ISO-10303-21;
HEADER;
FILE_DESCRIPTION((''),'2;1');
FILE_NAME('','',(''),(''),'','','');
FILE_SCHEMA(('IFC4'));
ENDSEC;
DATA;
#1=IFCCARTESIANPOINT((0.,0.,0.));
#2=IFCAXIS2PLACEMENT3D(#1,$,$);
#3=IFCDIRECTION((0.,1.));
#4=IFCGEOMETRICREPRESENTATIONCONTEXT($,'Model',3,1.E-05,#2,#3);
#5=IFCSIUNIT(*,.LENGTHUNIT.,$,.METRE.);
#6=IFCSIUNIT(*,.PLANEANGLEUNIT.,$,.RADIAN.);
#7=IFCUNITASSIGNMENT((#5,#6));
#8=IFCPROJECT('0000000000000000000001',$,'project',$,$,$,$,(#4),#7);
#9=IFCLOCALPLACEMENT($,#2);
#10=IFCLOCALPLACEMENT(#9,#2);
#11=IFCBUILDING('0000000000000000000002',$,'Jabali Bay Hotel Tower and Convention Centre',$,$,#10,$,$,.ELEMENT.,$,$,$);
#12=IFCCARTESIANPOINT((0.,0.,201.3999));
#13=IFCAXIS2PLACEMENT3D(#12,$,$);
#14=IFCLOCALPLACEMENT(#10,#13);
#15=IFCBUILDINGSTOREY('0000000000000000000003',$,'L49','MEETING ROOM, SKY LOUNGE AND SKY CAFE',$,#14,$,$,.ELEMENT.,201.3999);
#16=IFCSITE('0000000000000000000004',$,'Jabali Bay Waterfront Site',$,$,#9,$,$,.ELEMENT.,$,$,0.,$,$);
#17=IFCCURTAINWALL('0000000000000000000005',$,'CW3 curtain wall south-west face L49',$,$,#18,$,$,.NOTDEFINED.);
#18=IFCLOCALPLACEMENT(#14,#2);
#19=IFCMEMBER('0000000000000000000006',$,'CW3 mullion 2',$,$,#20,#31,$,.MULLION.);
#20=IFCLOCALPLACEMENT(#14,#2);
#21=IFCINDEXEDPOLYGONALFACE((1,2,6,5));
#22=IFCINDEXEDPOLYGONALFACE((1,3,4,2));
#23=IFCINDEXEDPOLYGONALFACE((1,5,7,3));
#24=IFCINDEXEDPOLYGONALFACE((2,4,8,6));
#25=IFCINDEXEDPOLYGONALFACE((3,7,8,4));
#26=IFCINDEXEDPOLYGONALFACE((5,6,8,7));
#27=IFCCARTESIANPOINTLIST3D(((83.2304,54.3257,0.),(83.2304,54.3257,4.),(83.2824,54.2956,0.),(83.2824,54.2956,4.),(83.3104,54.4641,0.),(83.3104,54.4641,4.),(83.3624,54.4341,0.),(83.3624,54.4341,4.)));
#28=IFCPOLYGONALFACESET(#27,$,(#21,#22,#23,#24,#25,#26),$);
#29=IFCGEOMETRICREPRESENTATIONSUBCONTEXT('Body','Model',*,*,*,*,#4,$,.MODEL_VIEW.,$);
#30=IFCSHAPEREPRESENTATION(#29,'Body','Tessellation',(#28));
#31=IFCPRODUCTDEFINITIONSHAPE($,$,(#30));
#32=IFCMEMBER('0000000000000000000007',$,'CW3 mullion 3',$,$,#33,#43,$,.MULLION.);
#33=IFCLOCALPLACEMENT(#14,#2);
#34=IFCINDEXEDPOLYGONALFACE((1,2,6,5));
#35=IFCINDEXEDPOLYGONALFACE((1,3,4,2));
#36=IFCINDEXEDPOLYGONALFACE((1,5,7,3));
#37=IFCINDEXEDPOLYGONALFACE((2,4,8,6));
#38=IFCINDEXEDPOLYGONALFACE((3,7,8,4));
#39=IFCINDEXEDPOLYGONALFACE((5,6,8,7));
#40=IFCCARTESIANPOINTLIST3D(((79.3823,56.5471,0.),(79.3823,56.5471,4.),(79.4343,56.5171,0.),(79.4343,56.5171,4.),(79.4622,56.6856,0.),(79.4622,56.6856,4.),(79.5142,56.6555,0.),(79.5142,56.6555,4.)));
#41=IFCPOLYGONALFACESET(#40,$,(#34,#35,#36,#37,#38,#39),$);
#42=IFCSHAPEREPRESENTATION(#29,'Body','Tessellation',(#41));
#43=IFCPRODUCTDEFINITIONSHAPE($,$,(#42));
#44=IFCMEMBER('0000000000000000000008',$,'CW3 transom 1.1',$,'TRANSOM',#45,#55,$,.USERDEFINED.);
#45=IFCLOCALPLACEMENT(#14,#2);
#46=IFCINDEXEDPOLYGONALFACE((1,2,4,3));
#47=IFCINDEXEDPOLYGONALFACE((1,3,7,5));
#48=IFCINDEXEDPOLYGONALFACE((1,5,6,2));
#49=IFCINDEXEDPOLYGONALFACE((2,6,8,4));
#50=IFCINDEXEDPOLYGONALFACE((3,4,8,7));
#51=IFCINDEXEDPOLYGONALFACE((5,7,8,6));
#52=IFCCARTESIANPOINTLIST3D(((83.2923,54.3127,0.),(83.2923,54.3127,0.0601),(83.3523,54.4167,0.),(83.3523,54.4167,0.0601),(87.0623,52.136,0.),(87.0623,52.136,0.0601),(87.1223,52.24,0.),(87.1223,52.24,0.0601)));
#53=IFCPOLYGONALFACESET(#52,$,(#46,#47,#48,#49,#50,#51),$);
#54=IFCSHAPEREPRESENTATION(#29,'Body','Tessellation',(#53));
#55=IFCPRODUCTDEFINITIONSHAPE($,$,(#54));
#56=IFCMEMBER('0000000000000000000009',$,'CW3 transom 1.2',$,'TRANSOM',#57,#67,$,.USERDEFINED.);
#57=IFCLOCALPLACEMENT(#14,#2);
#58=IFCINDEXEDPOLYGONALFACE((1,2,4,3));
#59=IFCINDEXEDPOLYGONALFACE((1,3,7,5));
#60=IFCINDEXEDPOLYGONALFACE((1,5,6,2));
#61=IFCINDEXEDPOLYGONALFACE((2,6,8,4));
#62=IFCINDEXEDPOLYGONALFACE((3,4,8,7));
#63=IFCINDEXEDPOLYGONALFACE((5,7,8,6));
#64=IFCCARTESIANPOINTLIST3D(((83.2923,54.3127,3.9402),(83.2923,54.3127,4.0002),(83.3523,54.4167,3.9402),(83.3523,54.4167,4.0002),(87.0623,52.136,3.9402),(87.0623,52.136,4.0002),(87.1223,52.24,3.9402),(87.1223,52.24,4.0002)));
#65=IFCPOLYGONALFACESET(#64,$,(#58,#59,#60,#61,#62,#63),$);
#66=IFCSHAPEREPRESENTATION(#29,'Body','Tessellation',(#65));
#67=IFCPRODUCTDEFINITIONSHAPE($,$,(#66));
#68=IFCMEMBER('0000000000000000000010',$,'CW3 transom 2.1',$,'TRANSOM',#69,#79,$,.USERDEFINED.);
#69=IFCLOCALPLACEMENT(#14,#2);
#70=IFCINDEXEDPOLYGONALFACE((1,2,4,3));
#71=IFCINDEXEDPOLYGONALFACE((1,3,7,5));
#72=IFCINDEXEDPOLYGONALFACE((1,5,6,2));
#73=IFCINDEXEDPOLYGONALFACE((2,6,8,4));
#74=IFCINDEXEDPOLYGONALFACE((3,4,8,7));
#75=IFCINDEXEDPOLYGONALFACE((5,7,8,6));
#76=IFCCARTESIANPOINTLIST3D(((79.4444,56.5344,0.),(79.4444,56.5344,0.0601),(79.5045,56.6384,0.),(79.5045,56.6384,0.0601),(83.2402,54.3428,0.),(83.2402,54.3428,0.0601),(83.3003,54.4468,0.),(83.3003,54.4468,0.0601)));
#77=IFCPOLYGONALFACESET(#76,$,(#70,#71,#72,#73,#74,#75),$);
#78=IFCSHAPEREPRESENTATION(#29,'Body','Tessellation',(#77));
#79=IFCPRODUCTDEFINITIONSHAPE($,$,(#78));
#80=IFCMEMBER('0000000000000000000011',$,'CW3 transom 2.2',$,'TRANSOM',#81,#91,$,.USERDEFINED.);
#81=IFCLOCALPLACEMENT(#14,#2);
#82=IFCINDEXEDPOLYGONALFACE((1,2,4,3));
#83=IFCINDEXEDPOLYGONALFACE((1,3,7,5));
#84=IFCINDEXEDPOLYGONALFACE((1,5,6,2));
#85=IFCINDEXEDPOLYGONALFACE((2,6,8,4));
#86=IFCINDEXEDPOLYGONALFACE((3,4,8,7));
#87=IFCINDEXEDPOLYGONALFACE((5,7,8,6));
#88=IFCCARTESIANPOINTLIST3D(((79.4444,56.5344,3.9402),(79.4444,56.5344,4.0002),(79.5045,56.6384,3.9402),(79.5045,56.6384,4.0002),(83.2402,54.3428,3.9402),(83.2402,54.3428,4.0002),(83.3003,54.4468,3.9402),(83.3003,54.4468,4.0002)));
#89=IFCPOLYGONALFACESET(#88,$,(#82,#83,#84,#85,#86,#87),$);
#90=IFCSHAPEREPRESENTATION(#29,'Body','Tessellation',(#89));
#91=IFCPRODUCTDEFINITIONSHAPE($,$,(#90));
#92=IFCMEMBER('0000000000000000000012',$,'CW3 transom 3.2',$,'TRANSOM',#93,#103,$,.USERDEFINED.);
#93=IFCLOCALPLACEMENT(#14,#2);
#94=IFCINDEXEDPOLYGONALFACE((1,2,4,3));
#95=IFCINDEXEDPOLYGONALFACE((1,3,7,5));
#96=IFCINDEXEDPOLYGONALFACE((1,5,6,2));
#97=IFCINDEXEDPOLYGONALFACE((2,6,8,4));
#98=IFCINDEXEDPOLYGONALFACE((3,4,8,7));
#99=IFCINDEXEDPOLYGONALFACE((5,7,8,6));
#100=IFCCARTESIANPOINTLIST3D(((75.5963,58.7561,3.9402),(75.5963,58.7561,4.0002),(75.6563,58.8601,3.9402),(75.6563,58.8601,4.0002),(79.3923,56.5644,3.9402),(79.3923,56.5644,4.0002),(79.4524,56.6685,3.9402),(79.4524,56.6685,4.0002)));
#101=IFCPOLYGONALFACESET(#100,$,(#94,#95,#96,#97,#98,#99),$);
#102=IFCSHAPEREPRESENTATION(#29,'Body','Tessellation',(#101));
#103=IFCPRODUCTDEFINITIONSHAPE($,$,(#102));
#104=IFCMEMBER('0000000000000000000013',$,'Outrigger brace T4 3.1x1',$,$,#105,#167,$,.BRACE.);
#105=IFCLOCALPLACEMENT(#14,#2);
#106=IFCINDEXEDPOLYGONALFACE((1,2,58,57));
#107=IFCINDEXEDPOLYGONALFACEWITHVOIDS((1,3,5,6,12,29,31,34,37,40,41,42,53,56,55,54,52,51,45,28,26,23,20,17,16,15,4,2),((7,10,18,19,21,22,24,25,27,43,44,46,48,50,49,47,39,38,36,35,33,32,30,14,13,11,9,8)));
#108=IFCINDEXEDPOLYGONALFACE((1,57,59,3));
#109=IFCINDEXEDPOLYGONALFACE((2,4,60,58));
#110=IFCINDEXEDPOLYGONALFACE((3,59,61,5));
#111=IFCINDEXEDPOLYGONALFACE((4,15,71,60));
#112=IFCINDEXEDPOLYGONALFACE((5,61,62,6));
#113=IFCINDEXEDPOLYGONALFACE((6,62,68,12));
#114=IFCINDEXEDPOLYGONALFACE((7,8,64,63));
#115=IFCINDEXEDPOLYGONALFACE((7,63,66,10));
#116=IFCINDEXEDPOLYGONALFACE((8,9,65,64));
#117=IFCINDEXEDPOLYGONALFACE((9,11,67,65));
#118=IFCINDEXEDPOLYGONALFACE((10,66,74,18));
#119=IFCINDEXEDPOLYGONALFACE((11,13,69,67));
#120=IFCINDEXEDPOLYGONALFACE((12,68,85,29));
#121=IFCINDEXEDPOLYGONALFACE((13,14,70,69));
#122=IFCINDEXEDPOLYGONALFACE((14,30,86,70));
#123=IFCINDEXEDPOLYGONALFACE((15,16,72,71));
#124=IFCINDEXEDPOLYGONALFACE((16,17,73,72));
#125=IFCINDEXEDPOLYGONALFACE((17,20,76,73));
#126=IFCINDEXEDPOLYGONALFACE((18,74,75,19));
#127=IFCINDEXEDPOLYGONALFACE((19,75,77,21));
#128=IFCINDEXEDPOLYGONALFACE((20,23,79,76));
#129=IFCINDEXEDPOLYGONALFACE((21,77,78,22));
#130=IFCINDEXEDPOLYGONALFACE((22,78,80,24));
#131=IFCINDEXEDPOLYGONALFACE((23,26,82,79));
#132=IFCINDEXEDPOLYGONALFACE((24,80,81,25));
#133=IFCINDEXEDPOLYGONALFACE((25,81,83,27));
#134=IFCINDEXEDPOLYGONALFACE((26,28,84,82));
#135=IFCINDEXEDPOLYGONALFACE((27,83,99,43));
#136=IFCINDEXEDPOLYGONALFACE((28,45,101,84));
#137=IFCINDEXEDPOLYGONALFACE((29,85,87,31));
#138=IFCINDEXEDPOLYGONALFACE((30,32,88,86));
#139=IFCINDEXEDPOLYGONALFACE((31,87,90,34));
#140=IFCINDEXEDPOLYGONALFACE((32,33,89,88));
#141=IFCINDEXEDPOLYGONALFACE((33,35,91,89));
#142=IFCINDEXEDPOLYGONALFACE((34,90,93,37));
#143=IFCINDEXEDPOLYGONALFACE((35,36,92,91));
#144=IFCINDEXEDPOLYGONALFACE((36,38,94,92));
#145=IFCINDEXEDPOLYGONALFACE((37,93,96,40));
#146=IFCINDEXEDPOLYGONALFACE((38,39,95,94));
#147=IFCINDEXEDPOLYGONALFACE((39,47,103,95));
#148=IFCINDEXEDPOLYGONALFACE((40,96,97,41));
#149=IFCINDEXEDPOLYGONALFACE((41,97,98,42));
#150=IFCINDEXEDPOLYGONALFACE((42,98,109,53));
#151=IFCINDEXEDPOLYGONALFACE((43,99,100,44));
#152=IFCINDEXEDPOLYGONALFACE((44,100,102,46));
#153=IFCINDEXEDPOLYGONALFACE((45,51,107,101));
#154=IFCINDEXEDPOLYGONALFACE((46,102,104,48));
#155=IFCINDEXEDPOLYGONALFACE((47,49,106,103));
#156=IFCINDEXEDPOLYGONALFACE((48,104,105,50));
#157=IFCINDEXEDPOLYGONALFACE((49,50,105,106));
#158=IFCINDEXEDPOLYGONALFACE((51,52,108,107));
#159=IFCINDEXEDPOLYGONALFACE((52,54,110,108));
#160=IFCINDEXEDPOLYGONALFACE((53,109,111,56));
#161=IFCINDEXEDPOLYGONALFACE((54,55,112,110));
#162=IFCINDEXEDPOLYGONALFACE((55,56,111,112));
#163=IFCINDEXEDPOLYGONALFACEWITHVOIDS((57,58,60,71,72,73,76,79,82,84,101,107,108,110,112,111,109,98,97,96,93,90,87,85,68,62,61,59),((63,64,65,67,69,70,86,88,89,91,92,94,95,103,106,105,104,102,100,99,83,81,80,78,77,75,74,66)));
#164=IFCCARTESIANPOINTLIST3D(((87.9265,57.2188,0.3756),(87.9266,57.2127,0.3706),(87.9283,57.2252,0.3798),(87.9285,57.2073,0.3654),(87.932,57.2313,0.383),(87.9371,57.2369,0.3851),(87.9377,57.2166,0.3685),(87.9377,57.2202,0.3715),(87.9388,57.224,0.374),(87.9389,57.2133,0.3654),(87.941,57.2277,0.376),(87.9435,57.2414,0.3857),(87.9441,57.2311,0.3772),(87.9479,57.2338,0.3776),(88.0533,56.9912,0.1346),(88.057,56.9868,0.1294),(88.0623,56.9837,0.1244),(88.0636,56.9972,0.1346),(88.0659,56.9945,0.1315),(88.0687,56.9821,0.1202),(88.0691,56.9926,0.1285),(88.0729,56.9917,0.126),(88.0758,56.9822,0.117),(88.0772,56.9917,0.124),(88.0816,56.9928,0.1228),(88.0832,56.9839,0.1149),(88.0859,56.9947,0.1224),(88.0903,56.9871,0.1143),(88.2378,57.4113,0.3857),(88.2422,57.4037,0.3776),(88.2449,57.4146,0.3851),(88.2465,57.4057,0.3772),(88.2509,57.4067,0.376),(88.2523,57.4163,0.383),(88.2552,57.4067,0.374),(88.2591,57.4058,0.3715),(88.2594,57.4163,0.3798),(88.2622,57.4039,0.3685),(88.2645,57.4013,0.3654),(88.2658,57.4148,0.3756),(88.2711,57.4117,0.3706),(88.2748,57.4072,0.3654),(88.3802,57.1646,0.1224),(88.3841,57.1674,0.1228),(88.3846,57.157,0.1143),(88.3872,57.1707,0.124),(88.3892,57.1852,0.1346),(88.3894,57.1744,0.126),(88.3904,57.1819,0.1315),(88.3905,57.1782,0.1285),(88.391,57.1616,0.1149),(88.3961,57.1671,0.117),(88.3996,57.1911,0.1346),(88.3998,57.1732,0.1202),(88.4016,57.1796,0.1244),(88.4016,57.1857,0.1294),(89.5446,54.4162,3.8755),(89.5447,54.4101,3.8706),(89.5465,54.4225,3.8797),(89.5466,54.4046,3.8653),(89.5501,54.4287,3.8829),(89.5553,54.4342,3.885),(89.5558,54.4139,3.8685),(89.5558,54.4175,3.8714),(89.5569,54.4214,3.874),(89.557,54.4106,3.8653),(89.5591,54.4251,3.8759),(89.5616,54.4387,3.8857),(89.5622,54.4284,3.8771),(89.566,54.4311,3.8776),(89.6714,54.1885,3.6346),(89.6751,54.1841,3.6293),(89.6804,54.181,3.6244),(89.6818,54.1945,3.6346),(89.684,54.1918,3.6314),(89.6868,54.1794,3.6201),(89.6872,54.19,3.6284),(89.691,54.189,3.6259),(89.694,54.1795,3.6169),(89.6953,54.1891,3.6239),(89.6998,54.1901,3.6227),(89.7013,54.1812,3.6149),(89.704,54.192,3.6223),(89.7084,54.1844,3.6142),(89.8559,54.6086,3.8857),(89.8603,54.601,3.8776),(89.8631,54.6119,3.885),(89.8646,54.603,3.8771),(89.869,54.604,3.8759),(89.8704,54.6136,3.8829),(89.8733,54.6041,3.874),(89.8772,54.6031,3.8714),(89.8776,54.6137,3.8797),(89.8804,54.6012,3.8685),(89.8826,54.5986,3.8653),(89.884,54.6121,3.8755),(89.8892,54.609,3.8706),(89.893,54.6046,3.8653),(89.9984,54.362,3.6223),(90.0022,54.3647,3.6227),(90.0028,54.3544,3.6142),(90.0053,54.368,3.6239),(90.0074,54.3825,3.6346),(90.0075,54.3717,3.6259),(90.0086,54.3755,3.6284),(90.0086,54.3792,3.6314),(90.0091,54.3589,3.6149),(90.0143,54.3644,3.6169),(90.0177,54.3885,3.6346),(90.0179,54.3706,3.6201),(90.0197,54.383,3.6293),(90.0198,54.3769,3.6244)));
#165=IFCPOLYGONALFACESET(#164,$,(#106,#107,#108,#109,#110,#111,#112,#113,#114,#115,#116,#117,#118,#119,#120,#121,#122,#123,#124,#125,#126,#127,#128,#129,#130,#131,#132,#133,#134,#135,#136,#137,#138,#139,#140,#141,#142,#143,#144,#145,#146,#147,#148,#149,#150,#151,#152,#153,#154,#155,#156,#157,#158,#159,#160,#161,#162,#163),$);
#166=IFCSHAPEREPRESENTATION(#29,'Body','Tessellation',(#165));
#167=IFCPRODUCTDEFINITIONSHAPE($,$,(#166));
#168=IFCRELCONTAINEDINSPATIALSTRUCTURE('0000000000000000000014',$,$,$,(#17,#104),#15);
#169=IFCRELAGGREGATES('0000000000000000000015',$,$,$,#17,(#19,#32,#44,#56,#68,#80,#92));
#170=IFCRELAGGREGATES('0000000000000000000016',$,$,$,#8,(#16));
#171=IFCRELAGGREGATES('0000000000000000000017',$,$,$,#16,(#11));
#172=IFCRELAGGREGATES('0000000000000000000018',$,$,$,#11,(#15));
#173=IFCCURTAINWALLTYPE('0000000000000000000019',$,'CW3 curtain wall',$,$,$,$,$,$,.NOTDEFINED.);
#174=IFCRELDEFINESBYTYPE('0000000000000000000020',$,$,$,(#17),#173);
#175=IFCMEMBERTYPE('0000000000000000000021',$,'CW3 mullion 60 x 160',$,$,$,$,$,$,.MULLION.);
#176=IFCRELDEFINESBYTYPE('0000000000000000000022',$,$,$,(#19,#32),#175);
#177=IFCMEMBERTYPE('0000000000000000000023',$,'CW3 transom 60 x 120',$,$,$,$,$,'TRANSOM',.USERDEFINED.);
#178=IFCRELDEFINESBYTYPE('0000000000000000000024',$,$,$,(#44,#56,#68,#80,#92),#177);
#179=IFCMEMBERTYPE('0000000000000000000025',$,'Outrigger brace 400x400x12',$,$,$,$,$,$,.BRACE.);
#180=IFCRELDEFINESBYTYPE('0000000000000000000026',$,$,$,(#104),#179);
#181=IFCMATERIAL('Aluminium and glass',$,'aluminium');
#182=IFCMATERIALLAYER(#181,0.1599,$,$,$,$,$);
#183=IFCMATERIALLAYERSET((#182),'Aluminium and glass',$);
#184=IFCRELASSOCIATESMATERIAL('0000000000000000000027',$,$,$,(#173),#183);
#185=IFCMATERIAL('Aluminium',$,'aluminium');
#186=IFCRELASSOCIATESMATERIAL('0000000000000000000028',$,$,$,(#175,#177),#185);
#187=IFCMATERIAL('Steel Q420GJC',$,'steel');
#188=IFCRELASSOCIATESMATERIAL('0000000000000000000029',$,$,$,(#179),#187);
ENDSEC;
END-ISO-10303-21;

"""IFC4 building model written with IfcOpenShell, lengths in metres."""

from ifc_helpers import new_model, si_unit, direction, frame, origin, origin_2d, place, context, subcontext, project, spatial, rectangle, hollow_rectangle, extrude, material, layer, layer_set, material_profile, profile_set, type_object, element, aggregate, save


model = new_model("IFC4")

# Units and contexts
model_context = context("Model", 3, precision=1e-05, world=origin(), true_north=direction((0.0, 1.0)))
body_context = subcontext(model_context, "Body", "Model", "MODEL_VIEW")
ifc_project = project(units=[si_unit("LENGTHUNIT", "METRE"), si_unit("PLANEANGLEUNIT", "RADIAN")], contexts=[model_context])

# Site, building, storey
site_placement = place(None, origin())
site = spatial("IfcSite", under=ifc_project, at=site_placement, Name="Jabali Bay Waterfront Site", CompositionType="ELEMENT", RefElevation=0.0)
building_placement = place(site_placement, origin())
building = spatial("IfcBuilding", under=site, at=building_placement, Name="Jabali Bay Hotel Tower and Convention Centre", CompositionType="ELEMENT")
storey_placement = place(building_placement, frame((0.0, 0.0, 201.3999)))
storey = spatial("IfcBuildingStorey", under=building, at=storey_placement, Name="L49", Description="MEETING ROOM, SKY LOUNGE AND SKY CAFE", CompositionType="ELEMENT", Elevation=201.3999)

# Shared definitions
ifc_material_1 = material(Name="Steel Q420GJC", Category="steel")

# Curtain wall, members
ifc_material_2 = material(Name="Aluminium and glass", Category="aluminium")
ifc_layer_1 = layer(ifc_material_2, 0.1599)
ifc_layer_set_1 = layer_set([ifc_layer_1], Name="Aluminium and glass")
curtain_wall_type = type_object("IfcCurtainWallType", Name="CW3 curtain wall", PredefinedType="NOTDEFINED", material=ifc_layer_set_1)
curtain_wall_placement = place(storey_placement, origin())
curtain_wall = element("IfcCurtainWall", 1, at=curtain_wall_placement, inside=storey, type_object=curtain_wall_type, Name="CW3 curtain wall south-west face L49", PredefinedType="NOTDEFINED")
ifc_material_3 = material(Name="Aluminium", Category="aluminium")
ifc_material_profile_1 = material_profile(ifc_material_3, rectangle(XDim=0.1599, YDim=0.0601, at=origin_2d()), Name="CW3 mullion 60 x 160")
ifc_profile_set_1 = profile_set([ifc_material_profile_1], Name="Aluminium")
member_type_1 = type_object("IfcMemberType", Name="CW3 mullion 60 x 160", PredefinedType="MULLION", material=ifc_profile_set_1)
member_1_placement = place(storey_placement, frame((83.2964, 54.3799, 0.0), z_axis=(0.0, 0.0, 1.0), x_axis=(-0.5, -0.866025, 0.0)))
member_1 = element("IfcMember", 2, at=member_1_placement, type_object=member_type_1, Name="CW3 mullion 2", PredefinedType="MULLION", context=body_context, shape_type="SweptSolid", body=[
    extrude(rectangle(XDim=0.1599, YDim=0.0601, at=origin_2d()), origin(), (0.0, 0.0, 1.0), 4.0),
])
member_2_placement = place(storey_placement, frame((79.4482, 56.6013, 0.0), z_axis=(0.0, 0.0, 1.0), x_axis=(-0.5, -0.866025, 0.0)))
member_2 = element("IfcMember", 3, at=member_2_placement, type_object=member_type_1, Name="CW3 mullion 3", PredefinedType="MULLION", context=body_context, shape_type="SweptSolid", body=[
    extrude(rectangle(XDim=0.1599, YDim=0.0601, at=origin_2d()), origin(), (0.0, 0.0, 1.0), 4.0),
])
ifc_material_profile_2 = material_profile(ifc_material_3, rectangle(XDim=0.1201, YDim=0.0601, at=origin_2d()), Name="CW3 transom 60 x 120")
ifc_profile_set_2 = profile_set([ifc_material_profile_2], Name="Aluminium")
member_type_2 = type_object("IfcMemberType", Name="CW3 transom 60 x 120", ElementType="TRANSOM", PredefinedType="USERDEFINED", material=ifc_profile_set_2)
member_3_placement = place(storey_placement, frame((87.0923, 52.188, 0.03), z_axis=(-0.866012, 0.500023, 0.0), x_axis=(-0.500023, -0.866012, 0.0)))
member_3 = element("IfcMember", 4, at=member_3_placement, type_object=member_type_2, Name="CW3 transom 1.1", ObjectType="TRANSOM", PredefinedType="USERDEFINED", context=body_context, shape_type="SweptSolid", body=[
    extrude(rectangle(XDim=0.1201, YDim=0.0601, at=origin_2d()), origin(), (0.0, 0.0, 1.0), 4.3533),
])
member_4_placement = place(storey_placement, frame((87.0923, 52.188, 3.9702), z_axis=(-0.866012, 0.500023, 0.0), x_axis=(-0.500023, -0.866012, 0.0)))
member_4 = element("IfcMember", 5, at=member_4_placement, type_object=member_type_2, Name="CW3 transom 1.2", ObjectType="TRANSOM", PredefinedType="USERDEFINED", context=body_context, shape_type="SweptSolid", body=[
    extrude(rectangle(XDim=0.1201, YDim=0.0601, at=origin_2d()), origin(), (0.0, 0.0, 1.0), 4.3533),
])
member_5_placement = place(storey_placement, frame((83.2703, 54.3948, 0.03), z_axis=(-0.866017, 0.500015, 0.0), x_axis=(-0.500015, -0.866017, 0.0)))
member_5 = element("IfcMember", 6, at=member_5_placement, type_object=member_type_2, Name="CW3 transom 2.1", ObjectType="TRANSOM", PredefinedType="USERDEFINED", context=body_context, shape_type="SweptSolid", body=[
    extrude(rectangle(XDim=0.1201, YDim=0.0601, at=origin_2d()), origin(), (0.0, 0.0, 1.0), 4.3831),
])
member_6_placement = place(storey_placement, frame((83.2703, 54.3948, 3.9702), z_axis=(-0.866017, 0.500015, 0.0), x_axis=(-0.500015, -0.866017, 0.0)))
member_6 = element("IfcMember", 7, at=member_6_placement, type_object=member_type_2, Name="CW3 transom 2.2", ObjectType="TRANSOM", PredefinedType="USERDEFINED", context=body_context, shape_type="SweptSolid", body=[
    extrude(rectangle(XDim=0.1201, YDim=0.0601, at=origin_2d()), origin(), (0.0, 0.0, 1.0), 4.3831),
])
member_7_placement = place(storey_placement, frame((79.4224, 56.6165, 3.9702), z_axis=(-0.866031, 0.499991, 0.0), x_axis=(-0.499991, -0.866031, 0.0)))
member_7 = element("IfcMember", 8, at=member_7_placement, type_object=member_type_2, Name="CW3 transom 3.2", ObjectType="TRANSOM", PredefinedType="USERDEFINED", context=body_context, shape_type="SweptSolid", body=[
    extrude(rectangle(XDim=0.1201, YDim=0.0601, at=origin_2d()), origin(), (0.0, 0.0, 1.0), 4.3833),
])

# Member
ifc_material_profile_3 = material_profile(ifc_material_1, hollow_rectangle(XDim=0.3999, YDim=0.3999, WallThickness=0.012, InnerFilletRadius=0.0181, OuterFilletRadius=0.03, at=origin_2d()), Name="Outrigger brace 400x400x12")
ifc_profile_set_3 = profile_set([ifc_material_profile_3], Name="Steel Q420GJC")
member_type_3 = type_object("IfcMemberType", Name="Outrigger brace 400x400x12", PredefinedType="BRACE", material=ifc_profile_set_3)
member_8_placement = place(storey_placement, frame((88.1641, 57.1992, 0.25), z_axis=(0.339455, -0.587952, 0.734223), x_axis=(0.866025, 0.500001, 0.0)))
element("IfcMember", 9, at=member_8_placement, inside=storey, type_object=member_type_3, Name="Outrigger brace T4 3.1x1", PredefinedType="BRACE", context=body_context, shape_type="SweptSolid", body=[
    extrude(hollow_rectangle(XDim=0.3999, YDim=0.3999, WallThickness=0.012, InnerFilletRadius=0.0181, OuterFilletRadius=0.03, at=origin_2d()), origin(), (0.0, 0.0, 1.0), 4.7668),
])

aggregate(curtain_wall, [member_1, member_2, member_3, member_4, member_5, member_6, member_7])

save(model, "model.ifc")
